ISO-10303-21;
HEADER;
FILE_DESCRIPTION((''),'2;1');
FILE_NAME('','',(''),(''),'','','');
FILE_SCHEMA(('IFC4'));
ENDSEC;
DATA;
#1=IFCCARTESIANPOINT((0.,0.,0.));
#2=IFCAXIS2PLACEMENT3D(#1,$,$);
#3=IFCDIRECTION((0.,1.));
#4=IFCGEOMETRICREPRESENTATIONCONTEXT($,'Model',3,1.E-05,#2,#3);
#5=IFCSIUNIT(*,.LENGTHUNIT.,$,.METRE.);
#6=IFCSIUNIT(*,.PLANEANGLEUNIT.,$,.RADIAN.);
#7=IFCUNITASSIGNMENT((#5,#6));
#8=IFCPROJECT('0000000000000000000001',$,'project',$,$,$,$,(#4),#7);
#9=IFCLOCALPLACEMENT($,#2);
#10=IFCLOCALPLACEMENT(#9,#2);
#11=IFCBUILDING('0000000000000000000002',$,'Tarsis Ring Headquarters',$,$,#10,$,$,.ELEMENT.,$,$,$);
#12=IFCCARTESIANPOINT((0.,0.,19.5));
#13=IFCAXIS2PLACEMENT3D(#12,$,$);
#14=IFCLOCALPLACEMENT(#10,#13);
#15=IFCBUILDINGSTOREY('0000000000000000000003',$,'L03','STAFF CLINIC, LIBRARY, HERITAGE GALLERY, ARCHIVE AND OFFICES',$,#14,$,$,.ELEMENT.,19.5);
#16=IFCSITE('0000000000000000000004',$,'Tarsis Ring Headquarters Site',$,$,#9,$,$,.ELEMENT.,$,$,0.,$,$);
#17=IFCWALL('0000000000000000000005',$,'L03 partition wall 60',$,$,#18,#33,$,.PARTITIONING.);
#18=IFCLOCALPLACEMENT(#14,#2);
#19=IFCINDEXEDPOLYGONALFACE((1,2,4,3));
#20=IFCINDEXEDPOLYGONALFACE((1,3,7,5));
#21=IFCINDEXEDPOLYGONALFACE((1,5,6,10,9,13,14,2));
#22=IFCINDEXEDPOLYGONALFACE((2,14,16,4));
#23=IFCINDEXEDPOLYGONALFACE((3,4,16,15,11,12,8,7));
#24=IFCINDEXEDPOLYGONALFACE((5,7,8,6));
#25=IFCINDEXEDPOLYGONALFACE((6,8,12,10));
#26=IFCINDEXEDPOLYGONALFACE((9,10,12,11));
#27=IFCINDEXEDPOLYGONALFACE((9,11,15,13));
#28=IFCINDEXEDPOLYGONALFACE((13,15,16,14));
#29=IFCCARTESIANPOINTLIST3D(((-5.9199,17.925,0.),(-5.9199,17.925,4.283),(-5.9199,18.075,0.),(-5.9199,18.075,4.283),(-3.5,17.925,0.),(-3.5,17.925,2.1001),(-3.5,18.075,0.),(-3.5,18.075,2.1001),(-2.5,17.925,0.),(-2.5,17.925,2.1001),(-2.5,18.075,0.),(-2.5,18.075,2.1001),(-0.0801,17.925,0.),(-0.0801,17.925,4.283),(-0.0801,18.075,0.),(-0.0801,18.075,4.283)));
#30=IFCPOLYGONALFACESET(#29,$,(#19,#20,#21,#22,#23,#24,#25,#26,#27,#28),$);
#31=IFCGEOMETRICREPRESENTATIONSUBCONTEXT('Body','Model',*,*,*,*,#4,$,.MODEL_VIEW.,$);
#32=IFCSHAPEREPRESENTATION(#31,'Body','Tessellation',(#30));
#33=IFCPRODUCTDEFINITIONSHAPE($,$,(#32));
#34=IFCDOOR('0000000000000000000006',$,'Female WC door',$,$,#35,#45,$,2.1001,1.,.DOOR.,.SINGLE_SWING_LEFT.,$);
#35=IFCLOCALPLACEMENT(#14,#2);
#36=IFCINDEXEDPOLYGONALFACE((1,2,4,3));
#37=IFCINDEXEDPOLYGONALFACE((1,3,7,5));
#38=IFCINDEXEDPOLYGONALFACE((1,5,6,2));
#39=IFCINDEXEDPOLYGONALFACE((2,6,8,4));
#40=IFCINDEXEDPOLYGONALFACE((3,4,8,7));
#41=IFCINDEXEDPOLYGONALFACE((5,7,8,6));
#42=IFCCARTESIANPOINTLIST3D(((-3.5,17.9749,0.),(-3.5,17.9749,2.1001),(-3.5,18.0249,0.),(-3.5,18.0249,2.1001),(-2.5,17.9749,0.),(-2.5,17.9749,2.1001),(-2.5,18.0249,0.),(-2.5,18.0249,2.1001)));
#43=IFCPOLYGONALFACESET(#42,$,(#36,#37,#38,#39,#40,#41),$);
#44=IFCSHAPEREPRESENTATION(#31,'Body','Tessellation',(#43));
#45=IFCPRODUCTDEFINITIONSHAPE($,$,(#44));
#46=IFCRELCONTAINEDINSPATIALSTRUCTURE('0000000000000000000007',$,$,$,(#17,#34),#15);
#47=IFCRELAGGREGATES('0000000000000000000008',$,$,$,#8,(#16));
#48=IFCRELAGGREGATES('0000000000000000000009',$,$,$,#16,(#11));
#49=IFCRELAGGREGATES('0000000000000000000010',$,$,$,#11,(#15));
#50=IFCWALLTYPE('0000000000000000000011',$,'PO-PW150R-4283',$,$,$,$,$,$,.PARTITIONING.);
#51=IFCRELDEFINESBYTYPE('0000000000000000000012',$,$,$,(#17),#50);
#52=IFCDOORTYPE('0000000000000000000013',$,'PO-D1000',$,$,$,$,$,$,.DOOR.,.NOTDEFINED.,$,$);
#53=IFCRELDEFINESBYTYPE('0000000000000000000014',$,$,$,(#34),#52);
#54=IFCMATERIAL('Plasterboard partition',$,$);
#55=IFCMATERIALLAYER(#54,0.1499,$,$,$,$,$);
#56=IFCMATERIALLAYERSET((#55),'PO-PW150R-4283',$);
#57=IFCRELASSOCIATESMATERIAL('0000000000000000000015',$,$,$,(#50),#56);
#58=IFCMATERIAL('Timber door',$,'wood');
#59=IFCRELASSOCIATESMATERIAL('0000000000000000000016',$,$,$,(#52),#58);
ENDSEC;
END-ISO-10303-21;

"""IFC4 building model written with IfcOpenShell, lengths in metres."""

from ifc_helpers import new_model, si_unit, direction, frame, frame_2d, origin, place, context, subcontext, project, spatial, rectangle, extrude, material, layer, layer_set, type_object, element, fill, save


model = new_model("IFC4")

# Units and contexts
model_context = context("Model", 3, precision=1e-05, world=origin(), true_north=direction((0.0, 1.0)))
body_context = subcontext(model_context, "Body", "Model", "MODEL_VIEW")
ifc_project = project(units=[si_unit("LENGTHUNIT", "METRE"), si_unit("PLANEANGLEUNIT", "RADIAN")], contexts=[model_context])

# Site, building, storey
site_placement = place(None, origin())
site = spatial("IfcSite", under=ifc_project, at=site_placement, Name="Tarsis Ring Headquarters Site", CompositionType="ELEMENT", RefElevation=0.0)
building_placement = place(site_placement, origin())
building = spatial("IfcBuilding", under=site, at=building_placement, Name="Tarsis Ring Headquarters", CompositionType="ELEMENT")
storey_placement = place(building_placement, frame((0.0, 0.0, 19.5)))
storey = spatial("IfcBuildingStorey", under=building, at=storey_placement, Name="L03", Description="STAFF CLINIC, LIBRARY, HERITAGE GALLERY, ARCHIVE AND OFFICES", CompositionType="ELEMENT", Elevation=19.5)

# Shared definitions
ifc_material_1 = material(Name="Plasterboard partition")

# Wall, opening, door
ifc_layer_1 = layer(ifc_material_1, 0.1499)
ifc_layer_set_1 = layer_set([ifc_layer_1], Name="PO-PW150R-4283")
wall_type_1 = type_object("IfcWallType", Name="PO-PW150R-4283", PredefinedType="PARTITIONING", material=ifc_layer_set_1)
wall_1_placement = place(storey_placement, frame((-5.9199, 18.0, 0.0), z_axis=(0.0, 0.0, 1.0), x_axis=(1.0, 0.0, 0.0)))
wall_1 = element("IfcWall", 1, at=wall_1_placement, inside=storey, type_object=wall_type_1, Name="L03 partition wall 60", PredefinedType="PARTITIONING", context=body_context, shape_type="SweptSolid", body=[
    extrude(rectangle(XDim=5.8398, YDim=0.1499, at=frame_2d((2.9199, 0.0))), origin(), (0.0, 0.0, 1.0), 4.283),
])
opening_placement = place(wall_1_placement, frame((2.4199, 0.0, 0.0)))
opening = element("IfcOpeningElement", 2, at=opening_placement, cuts=wall_1, PredefinedType="OPENING", context=body_context, shape_type="SweptSolid", body=[
    extrude(rectangle(XDim=1.0, YDim=2.1001, at=frame_2d((0.5, 1.05))), frame((0.0, 0.085, 0.0), z_axis=(0.0, -1.0, 0.0), x_axis=(1.0, 0.0, 0.0)), (0.0, 0.0, 1.0), 0.1699),
])
ifc_material_2 = material(Name="Timber door", Category="wood")
door_type = type_object("IfcDoorType", Name="PO-D1000", OperationType="NOTDEFINED", PredefinedType="DOOR", material=ifc_material_2)
door_placement = place(opening_placement, origin())
door = element("IfcDoor", 3, at=door_placement, inside=storey, type_object=door_type, Name="Female WC door", OperationType="SINGLE_SWING_LEFT", OverallHeight=2.1001, OverallWidth=1.0, PredefinedType="DOOR", context=body_context, shape_type="SweptSolid", body=[
    extrude(rectangle(XDim=1.0, YDim=2.1001, at=frame_2d((0.5, 1.05))), frame((0.0, 0.0249, 0.0), z_axis=(0.0, -1.0, 0.0), x_axis=(1.0, 0.0, 0.0)), (0.0, 0.0, 1.0), 0.05),
])
fill(opening, door)

save(model, "model.ifc")
